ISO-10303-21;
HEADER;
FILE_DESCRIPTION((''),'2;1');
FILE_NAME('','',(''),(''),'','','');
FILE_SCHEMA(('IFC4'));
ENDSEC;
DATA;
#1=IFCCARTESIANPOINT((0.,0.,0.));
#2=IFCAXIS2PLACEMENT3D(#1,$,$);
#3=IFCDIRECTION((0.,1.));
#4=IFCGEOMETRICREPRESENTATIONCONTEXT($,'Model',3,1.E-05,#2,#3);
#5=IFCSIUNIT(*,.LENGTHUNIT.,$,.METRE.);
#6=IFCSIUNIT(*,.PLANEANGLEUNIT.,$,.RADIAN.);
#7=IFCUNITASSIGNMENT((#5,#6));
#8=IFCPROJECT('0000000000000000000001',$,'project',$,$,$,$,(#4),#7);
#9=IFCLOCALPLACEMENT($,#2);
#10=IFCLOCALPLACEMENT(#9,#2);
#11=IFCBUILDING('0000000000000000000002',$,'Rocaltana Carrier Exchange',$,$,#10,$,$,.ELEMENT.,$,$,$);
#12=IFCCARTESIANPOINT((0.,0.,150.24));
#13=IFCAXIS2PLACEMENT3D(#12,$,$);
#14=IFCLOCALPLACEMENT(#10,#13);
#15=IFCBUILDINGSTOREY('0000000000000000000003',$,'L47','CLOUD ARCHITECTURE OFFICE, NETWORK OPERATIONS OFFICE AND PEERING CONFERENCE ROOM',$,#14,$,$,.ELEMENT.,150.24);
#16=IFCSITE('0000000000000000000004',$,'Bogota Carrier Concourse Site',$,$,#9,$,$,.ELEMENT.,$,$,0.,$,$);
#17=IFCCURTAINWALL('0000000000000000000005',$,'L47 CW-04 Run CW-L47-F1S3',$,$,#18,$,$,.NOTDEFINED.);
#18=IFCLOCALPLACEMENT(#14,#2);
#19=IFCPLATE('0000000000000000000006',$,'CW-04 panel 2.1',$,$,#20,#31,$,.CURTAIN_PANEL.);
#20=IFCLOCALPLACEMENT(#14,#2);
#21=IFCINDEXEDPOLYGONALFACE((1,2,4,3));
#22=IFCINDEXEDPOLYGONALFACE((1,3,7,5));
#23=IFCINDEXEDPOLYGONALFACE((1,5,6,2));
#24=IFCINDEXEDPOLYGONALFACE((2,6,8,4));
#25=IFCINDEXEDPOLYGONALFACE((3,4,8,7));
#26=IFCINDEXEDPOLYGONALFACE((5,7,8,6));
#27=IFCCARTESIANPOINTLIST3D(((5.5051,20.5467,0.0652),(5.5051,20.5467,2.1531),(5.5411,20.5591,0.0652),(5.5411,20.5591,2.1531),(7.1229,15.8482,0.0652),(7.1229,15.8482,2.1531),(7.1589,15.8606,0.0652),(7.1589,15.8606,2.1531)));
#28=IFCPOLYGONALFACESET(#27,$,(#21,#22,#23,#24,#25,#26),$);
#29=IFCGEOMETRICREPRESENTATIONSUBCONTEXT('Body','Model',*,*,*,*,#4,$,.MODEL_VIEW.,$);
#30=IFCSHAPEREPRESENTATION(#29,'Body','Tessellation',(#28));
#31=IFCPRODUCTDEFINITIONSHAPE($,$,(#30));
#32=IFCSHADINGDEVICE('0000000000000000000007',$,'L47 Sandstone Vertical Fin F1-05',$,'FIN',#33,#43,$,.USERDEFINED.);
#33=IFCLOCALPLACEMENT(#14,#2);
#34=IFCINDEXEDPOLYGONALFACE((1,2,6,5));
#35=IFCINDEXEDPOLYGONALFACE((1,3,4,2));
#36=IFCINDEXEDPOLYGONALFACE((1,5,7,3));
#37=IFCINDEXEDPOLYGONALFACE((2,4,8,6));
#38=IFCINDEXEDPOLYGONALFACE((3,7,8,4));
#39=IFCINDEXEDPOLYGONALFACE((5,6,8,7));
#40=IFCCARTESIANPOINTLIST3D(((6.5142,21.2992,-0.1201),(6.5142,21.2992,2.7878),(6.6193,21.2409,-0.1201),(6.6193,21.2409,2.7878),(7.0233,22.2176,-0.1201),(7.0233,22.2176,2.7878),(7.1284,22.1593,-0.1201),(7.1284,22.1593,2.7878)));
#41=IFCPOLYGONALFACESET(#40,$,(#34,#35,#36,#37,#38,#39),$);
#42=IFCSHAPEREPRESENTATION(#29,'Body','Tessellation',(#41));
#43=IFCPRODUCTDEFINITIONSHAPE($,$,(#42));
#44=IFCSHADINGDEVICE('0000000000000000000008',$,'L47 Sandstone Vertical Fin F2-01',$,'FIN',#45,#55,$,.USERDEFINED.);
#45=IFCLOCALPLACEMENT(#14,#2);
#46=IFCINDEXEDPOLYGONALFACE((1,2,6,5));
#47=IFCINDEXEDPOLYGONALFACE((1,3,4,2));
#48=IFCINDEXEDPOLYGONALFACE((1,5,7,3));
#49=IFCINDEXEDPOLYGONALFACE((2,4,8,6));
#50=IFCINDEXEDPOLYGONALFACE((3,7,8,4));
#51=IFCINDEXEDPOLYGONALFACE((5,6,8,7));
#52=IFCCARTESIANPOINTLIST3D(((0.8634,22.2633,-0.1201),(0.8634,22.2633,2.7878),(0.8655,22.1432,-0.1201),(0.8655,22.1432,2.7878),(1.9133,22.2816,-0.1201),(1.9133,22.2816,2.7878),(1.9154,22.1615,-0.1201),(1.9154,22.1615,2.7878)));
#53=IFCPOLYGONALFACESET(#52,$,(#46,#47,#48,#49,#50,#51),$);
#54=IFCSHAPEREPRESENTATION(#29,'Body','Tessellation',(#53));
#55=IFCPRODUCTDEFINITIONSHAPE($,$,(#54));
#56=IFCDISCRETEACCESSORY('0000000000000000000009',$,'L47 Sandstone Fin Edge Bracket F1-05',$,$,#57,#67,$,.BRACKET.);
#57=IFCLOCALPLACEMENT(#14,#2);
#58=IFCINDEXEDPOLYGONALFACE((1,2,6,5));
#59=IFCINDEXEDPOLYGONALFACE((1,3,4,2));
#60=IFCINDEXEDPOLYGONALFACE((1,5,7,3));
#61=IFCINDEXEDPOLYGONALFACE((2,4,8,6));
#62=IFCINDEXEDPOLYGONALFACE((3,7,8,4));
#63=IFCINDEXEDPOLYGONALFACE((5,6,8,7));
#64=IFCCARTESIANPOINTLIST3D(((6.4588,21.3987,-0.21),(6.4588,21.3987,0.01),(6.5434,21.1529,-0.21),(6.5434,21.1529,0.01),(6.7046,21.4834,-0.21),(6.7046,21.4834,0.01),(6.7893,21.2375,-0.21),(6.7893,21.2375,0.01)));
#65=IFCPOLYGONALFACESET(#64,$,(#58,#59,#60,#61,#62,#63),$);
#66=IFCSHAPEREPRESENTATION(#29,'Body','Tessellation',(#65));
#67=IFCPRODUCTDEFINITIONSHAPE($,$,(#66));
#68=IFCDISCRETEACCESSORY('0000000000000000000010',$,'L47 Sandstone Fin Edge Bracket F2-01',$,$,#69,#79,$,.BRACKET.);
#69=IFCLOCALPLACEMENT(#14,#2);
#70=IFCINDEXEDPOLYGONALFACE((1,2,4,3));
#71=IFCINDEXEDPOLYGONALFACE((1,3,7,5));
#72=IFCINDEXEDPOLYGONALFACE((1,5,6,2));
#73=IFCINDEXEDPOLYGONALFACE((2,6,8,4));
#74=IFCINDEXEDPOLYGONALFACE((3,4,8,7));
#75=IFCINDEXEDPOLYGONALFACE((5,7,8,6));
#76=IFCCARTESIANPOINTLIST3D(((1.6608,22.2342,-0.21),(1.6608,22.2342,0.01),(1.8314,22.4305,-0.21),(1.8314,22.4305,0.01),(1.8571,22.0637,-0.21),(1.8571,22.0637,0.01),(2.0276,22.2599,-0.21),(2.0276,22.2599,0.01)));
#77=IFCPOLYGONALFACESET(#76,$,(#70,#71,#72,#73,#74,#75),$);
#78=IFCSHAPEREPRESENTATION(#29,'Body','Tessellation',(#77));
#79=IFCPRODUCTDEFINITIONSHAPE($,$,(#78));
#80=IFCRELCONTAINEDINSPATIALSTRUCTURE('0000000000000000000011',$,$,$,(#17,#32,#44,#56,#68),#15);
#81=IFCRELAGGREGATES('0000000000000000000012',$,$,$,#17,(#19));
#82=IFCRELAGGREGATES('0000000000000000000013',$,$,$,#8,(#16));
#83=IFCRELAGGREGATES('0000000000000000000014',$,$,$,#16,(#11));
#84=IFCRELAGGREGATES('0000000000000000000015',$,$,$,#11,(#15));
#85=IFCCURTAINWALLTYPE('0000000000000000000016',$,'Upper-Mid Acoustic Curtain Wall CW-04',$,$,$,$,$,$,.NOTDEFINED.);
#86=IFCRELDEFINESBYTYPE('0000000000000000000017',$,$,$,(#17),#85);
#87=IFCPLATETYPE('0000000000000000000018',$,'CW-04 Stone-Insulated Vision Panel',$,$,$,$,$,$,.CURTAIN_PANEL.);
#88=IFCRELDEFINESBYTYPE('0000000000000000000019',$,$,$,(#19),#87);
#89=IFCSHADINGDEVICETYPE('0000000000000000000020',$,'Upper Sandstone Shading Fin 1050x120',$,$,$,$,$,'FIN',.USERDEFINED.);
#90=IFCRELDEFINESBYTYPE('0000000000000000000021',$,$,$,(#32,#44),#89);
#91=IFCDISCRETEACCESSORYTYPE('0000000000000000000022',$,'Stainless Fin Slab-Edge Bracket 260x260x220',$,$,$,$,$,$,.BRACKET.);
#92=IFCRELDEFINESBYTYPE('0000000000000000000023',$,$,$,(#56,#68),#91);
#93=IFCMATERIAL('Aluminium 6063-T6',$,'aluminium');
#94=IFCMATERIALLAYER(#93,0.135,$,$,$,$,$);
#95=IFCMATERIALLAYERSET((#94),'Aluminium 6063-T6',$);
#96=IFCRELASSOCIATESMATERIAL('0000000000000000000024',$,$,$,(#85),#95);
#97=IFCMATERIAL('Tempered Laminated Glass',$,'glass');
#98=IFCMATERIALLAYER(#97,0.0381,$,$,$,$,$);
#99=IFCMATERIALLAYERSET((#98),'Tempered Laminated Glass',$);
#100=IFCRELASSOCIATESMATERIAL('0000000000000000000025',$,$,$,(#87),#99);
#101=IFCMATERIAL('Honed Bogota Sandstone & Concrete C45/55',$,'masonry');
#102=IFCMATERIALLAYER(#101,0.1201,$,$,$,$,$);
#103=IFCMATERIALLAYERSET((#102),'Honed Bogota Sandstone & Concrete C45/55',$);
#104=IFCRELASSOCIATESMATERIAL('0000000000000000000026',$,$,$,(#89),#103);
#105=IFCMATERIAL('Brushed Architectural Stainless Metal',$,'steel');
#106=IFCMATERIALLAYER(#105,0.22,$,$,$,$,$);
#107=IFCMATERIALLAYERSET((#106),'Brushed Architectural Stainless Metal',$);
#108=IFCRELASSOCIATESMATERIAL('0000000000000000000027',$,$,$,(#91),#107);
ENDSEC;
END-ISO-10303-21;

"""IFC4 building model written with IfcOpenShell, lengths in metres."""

from ifc_helpers import new_model, si_unit, direction, frame, origin, origin_2d, place, context, subcontext, project, spatial, rectangle, extrude, material, layer, layer_set, type_object, element, aggregate, save


model = new_model("IFC4")

# Units and contexts
model_context = context("Model", 3, precision=1e-05, world=origin(), true_north=direction((0.0, 1.0)))
body_context = subcontext(model_context, "Body", "Model", "MODEL_VIEW")
ifc_project = project(units=[si_unit("LENGTHUNIT", "METRE"), si_unit("PLANEANGLEUNIT", "RADIAN")], contexts=[model_context])

# Site, building, storey
site_placement = place(None, origin())
site = spatial("IfcSite", under=ifc_project, at=site_placement, Name="Bogota Carrier Concourse Site", CompositionType="ELEMENT", RefElevation=0.0)
building_placement = place(site_placement, origin())
building = spatial("IfcBuilding", under=site, at=building_placement, Name="Rocaltana Carrier Exchange", CompositionType="ELEMENT")
storey_placement = place(building_placement, frame((0.0, 0.0, 150.24)))
storey = spatial("IfcBuildingStorey", under=building, at=storey_placement, Name="L47", Description="CLOUD ARCHITECTURE OFFICE, NETWORK OPERATIONS OFFICE AND PEERING CONFERENCE ROOM", CompositionType="ELEMENT", Elevation=150.24)

# Curtain wall
ifc_material_1 = material(Name="Aluminium 6063-T6", Category="aluminium")
ifc_layer_1 = layer(ifc_material_1, 0.135)
ifc_layer_set_1 = layer_set([ifc_layer_1], Name="Aluminium 6063-T6")
curtain_wall_type = type_object("IfcCurtainWallType", Name="Upper-Mid Acoustic Curtain Wall CW-04", PredefinedType="NOTDEFINED", material=ifc_layer_set_1)
curtain_wall_1_placement = place(storey_placement, origin())
curtain_wall_1 = element("IfcCurtainWall", 1, at=curtain_wall_1_placement, inside=storey, type_object=curtain_wall_type, Name="L47 CW-04 Run CW-L47-F1S3", PredefinedType="NOTDEFINED")

# Plate
ifc_material_2 = material(Name="Tempered Laminated Glass", Category="glass")
ifc_layer_2 = layer(ifc_material_2, 0.0381)
ifc_layer_set_2 = layer_set([ifc_layer_2], Name="Tempered Laminated Glass")
plate_type = type_object("IfcPlateType", Name="CW-04 Stone-Insulated Vision Panel", PredefinedType="CURTAIN_PANEL", material=ifc_layer_set_2)
plate_placement = place(storey_placement, frame((6.332, 18.2036, 0.0652), z_axis=(0.0, 0.0, 1.0), x_axis=(-0.325559, 0.945522, 0.0)))
plate = element("IfcPlate", 2, at=plate_placement, type_object=plate_type, Name="CW-04 panel 2.1", PredefinedType="CURTAIN_PANEL", context=body_context, shape_type="SweptSolid", body=[
    extrude(rectangle(XDim=4.9692, YDim=0.0381, at=origin_2d()), origin(), (0.0, 0.0, 1.0), 2.0879),
])
aggregate(curtain_wall_1, [plate])

# Shading devices
ifc_material_3 = material(Name="Honed Bogota Sandstone & Concrete C45/55", Category="masonry")
ifc_layer_3 = layer(ifc_material_3, 0.1201)
ifc_layer_set_3 = layer_set([ifc_layer_3], Name="Honed Bogota Sandstone & Concrete C45/55")
shading_device_type = type_object("IfcShadingDeviceType", Name="Upper Sandstone Shading Fin 1050x120", ElementType="FIN", PredefinedType="USERDEFINED", material=ifc_layer_set_3)
for number, where, z_axis, x_axis, name in (
    (3, (6.8213, 21.7292, -0.1201), (0.0, 0.0, 1.0), (0.48481, 0.87462, 0.0), "L47 Sandstone Vertical Fin F1-05"),
    (4, (1.3894, 22.2124, -0.1201), (0.0, 0.0, 1.0), (-0.999848, -0.017452, 0.0), "L47 Sandstone Vertical Fin F2-01"),
):
    element("IfcShadingDevice", number, at=place(storey_placement, frame(where, z_axis=z_axis, x_axis=x_axis)), inside=storey, type_object=shading_device_type, Name=name, ObjectType="FIN", PredefinedType="USERDEFINED", context=body_context, shape_type="SweptSolid", body=[
        extrude(rectangle(XDim=1.05, YDim=0.1201, at=origin_2d()), origin(), (0.0, 0.0, 1.0), 2.908),
    ])

# Discrete accessories
ifc_material_4 = material(Name="Brushed Architectural Stainless Metal", Category="steel")
ifc_layer_4 = layer(ifc_material_4, 0.22)
ifc_layer_set_4 = layer_set([ifc_layer_4], Name="Brushed Architectural Stainless Metal")
discrete_accessory_type = type_object("IfcDiscreteAccessoryType", Name="Stainless Fin Slab-Edge Bracket 260x260x220", PredefinedType="BRACKET", material=ifc_layer_set_4)
for number, where, z_axis, x_axis, name in (
    (5, (6.624, 21.3181, -0.21), (0.0, 0.0, 1.0), (-0.325568, 0.945519, 0.0), "L47 Sandstone Fin Edge Bracket F1-05"),
    (6, (1.8442, 22.2471, -0.21), (0.0, 0.0, 1.0), (-0.656059, -0.75471, 0.0), "L47 Sandstone Fin Edge Bracket F2-01"),
):
    element("IfcDiscreteAccessory", number, at=place(storey_placement, frame(where, z_axis=z_axis, x_axis=x_axis)), inside=storey, type_object=discrete_accessory_type, Name=name, PredefinedType="BRACKET", context=body_context, shape_type="SweptSolid", body=[
        extrude(rectangle(XDim=0.26, YDim=0.26, at=origin_2d()), origin(), (0.0, 0.0, 1.0), 0.22),
    ])

save(model, "model.ifc")
